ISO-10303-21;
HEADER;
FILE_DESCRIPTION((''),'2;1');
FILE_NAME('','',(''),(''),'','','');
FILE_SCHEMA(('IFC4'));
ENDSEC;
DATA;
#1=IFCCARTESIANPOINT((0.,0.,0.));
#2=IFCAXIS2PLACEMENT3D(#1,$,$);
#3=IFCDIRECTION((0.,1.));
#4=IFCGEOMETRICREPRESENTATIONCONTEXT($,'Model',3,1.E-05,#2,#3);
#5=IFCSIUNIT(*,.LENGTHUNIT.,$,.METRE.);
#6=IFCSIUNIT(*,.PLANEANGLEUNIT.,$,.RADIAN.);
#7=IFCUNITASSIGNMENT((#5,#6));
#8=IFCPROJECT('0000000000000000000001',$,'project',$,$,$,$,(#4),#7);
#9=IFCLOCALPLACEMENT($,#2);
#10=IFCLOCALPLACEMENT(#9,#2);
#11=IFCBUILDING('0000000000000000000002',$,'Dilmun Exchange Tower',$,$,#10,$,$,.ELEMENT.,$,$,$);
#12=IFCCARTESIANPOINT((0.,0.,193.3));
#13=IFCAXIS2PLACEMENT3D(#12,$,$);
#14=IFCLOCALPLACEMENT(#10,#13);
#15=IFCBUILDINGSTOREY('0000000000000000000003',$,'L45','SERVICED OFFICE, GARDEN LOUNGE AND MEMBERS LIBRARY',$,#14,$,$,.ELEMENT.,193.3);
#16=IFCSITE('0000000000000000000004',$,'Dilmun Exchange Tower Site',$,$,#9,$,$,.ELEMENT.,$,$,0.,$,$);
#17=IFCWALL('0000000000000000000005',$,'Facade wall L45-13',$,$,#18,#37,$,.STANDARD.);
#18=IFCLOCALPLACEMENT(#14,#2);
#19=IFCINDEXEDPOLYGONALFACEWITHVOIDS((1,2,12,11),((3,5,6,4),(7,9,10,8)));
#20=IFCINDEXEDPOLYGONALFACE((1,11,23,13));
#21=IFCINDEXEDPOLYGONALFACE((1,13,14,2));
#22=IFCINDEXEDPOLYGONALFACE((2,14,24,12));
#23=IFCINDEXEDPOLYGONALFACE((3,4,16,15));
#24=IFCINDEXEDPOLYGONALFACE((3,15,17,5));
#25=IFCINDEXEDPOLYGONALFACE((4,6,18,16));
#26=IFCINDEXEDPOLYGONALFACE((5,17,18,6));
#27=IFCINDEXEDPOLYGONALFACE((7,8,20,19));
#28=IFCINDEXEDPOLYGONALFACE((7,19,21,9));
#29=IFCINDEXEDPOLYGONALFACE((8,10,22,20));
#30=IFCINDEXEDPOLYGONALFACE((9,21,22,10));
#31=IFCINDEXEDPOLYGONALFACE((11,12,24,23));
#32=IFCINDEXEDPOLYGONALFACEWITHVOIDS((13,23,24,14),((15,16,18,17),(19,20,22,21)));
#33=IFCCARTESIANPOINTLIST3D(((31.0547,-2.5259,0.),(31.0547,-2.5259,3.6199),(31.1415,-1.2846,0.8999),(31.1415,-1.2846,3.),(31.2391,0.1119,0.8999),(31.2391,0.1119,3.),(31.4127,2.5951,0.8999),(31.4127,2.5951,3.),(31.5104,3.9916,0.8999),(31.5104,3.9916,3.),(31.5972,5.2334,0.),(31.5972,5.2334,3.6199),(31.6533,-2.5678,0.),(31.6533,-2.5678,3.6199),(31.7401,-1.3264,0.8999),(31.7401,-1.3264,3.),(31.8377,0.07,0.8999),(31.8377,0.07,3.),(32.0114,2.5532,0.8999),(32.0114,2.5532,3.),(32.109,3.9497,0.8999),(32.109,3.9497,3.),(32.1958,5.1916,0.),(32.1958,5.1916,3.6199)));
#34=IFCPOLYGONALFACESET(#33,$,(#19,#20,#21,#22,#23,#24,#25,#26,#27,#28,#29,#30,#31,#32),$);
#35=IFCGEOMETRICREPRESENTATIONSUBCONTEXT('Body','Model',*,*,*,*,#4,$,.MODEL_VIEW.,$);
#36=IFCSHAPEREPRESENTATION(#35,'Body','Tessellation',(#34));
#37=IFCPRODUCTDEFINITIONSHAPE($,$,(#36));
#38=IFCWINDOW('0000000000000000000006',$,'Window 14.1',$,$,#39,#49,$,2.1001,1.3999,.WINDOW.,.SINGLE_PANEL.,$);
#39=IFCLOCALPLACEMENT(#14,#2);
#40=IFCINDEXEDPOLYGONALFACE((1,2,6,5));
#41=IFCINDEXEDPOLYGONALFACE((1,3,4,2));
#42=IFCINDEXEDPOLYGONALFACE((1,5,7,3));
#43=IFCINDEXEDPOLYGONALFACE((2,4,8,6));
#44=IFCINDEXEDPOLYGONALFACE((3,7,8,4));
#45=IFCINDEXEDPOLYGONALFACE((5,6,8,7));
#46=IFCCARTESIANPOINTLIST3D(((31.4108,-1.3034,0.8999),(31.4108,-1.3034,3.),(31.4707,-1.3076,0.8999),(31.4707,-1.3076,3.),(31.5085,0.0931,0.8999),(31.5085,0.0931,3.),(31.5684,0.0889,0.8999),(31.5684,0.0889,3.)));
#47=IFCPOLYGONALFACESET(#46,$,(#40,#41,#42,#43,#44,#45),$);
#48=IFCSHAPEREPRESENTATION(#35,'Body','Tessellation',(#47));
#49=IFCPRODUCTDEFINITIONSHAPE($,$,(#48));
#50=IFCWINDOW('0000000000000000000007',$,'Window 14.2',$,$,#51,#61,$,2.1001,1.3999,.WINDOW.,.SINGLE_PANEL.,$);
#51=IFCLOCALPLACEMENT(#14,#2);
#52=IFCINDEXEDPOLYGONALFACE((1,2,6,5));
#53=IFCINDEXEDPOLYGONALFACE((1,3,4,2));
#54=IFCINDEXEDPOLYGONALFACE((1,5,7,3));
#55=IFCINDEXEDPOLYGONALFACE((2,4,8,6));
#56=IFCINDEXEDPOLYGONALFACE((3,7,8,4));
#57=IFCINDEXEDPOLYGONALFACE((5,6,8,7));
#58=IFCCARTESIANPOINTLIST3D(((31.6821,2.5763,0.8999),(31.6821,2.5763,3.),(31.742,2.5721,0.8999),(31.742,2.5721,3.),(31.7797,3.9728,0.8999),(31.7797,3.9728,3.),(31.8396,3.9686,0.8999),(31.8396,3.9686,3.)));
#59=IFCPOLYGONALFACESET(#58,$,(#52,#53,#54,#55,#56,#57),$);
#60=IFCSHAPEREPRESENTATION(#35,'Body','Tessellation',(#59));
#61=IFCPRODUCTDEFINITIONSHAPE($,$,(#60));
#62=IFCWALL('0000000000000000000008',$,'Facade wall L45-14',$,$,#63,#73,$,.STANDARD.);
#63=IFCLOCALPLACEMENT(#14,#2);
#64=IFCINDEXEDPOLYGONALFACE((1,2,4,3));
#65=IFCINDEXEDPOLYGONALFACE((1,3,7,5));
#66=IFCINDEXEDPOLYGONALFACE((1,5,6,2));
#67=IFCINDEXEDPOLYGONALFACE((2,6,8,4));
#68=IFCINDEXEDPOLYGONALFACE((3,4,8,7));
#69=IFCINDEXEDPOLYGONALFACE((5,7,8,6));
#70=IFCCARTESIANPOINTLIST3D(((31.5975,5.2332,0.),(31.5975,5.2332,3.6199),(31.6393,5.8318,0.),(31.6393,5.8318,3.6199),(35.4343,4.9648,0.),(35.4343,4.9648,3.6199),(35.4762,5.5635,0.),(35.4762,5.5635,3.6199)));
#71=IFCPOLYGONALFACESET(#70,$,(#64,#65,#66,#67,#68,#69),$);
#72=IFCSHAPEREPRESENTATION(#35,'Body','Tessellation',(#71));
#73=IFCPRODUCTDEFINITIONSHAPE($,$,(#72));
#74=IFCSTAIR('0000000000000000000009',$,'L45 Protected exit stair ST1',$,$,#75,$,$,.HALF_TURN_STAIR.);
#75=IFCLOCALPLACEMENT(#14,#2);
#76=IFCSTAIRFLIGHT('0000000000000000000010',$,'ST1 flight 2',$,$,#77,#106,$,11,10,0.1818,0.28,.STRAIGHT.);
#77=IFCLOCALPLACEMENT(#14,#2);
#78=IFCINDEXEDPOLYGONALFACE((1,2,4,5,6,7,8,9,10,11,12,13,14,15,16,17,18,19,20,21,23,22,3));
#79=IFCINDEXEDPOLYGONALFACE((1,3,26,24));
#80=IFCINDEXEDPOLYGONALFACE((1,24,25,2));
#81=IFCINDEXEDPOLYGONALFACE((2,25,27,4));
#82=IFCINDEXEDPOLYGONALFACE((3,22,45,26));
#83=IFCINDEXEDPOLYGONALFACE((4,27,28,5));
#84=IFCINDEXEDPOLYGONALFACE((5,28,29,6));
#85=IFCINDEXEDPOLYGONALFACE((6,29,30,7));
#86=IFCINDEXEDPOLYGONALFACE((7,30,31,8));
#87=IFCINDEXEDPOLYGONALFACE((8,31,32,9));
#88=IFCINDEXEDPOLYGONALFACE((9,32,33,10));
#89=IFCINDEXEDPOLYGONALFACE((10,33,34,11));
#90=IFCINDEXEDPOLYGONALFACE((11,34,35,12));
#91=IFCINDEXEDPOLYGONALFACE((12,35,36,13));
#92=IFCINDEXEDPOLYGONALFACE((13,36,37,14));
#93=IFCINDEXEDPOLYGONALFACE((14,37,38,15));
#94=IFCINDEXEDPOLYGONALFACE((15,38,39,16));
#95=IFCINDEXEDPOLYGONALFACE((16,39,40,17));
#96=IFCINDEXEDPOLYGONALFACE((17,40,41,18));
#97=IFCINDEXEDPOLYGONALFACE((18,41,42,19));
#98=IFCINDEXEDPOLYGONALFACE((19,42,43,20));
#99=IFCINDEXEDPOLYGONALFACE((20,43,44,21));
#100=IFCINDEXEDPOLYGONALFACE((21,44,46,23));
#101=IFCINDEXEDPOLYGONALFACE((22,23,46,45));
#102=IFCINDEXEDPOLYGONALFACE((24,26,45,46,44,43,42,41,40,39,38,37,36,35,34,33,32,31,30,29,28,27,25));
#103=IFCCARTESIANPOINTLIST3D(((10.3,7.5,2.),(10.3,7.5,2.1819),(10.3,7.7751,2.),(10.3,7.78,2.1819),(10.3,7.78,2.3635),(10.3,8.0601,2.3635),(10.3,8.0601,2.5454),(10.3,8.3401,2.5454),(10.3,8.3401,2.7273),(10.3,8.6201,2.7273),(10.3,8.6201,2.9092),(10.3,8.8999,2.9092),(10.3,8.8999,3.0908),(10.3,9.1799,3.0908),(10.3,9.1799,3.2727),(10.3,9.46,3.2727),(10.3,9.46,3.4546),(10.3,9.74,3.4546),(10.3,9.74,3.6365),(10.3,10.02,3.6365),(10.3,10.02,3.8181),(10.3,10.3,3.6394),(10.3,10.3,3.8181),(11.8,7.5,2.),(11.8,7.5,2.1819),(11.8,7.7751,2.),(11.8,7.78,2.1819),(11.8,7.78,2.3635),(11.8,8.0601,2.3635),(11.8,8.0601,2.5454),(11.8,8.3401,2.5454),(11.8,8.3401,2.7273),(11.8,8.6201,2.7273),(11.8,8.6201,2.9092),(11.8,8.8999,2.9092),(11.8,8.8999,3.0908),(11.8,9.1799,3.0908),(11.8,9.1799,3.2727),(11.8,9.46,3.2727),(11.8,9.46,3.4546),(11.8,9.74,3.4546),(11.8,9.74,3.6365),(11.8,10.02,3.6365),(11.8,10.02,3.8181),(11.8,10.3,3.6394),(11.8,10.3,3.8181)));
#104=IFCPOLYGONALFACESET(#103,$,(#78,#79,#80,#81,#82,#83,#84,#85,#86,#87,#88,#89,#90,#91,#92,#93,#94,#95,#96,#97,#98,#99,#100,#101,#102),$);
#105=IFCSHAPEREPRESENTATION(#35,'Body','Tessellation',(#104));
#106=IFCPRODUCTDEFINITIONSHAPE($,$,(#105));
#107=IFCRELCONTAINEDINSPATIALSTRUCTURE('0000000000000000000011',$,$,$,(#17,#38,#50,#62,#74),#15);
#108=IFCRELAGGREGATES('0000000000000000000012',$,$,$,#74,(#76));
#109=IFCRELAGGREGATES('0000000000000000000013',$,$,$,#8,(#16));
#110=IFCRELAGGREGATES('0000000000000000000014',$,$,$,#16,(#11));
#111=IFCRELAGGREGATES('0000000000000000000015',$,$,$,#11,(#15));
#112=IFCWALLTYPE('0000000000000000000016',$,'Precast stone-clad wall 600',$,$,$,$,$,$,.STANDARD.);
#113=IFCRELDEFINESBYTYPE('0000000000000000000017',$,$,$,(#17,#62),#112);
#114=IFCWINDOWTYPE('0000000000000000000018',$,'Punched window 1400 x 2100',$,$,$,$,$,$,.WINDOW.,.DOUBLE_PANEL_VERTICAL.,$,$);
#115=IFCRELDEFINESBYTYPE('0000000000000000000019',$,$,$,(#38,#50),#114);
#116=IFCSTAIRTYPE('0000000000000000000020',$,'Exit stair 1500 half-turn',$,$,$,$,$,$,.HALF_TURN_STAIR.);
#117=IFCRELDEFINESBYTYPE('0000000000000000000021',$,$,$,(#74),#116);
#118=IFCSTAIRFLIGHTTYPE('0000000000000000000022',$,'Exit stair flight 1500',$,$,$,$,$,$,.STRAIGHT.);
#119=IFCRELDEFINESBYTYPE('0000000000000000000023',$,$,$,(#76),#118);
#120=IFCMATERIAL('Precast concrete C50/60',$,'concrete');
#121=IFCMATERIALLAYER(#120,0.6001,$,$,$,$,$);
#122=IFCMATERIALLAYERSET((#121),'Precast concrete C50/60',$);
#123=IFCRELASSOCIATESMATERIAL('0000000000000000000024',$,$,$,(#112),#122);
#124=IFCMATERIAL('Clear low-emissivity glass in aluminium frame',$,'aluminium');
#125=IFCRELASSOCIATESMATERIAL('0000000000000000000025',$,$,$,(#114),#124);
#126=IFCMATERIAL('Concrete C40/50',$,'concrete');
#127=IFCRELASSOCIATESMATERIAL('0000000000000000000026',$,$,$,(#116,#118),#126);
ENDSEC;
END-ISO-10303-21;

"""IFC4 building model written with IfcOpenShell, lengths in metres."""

from ifc_helpers import new_model, si_unit, direction, frame, frame_2d, origin, place, context, subcontext, project, spatial, polyline, rectangle, outline, extrude, material, layer, layer_set, type_object, element, fill, aggregate, save


model = new_model("IFC4")

# Units and contexts
model_context = context("Model", 3, precision=1e-05, world=origin(), true_north=direction((0.0, 1.0)))
body_context = subcontext(model_context, "Body", "Model", "MODEL_VIEW")
ifc_project = project(units=[si_unit("LENGTHUNIT", "METRE"), si_unit("PLANEANGLEUNIT", "RADIAN")], contexts=[model_context])

# Site, building, storey
site_placement = place(None, origin())
site = spatial("IfcSite", under=ifc_project, at=site_placement, Name="Dilmun Exchange Tower Site", CompositionType="ELEMENT", RefElevation=0.0)
building_placement = place(site_placement, origin())
building = spatial("IfcBuilding", under=site, at=building_placement, Name="Dilmun Exchange Tower", CompositionType="ELEMENT")
storey_placement = place(building_placement, frame((0.0, 0.0, 193.3)))
storey = spatial("IfcBuildingStorey", under=building, at=storey_placement, Name="L45", Description="SERVICED OFFICE, GARDEN LOUNGE AND MEMBERS LIBRARY", CompositionType="ELEMENT", Elevation=193.3)

# Shared definitions
ifc_material_1 = material(Name="Concrete C40/50", Category="concrete")

# Shared definitions
ifc_material_2 = material(Name="Precast concrete C50/60", Category="concrete")
ifc_layer_1 = layer(ifc_material_2, 0.6001)
ifc_layer_set_1 = layer_set([ifc_layer_1], Name="Precast concrete C50/60")
wall_type_1 = type_object("IfcWallType", Name="Precast stone-clad wall 600", PredefinedType="STANDARD", material=ifc_layer_set_1)

# Wall, openings, windows
wall_1_placement = place(storey_placement, frame((31.354, -2.5469, 0.0), z_axis=(0.0, 0.0, 1.0), x_axis=(0.069744, 0.997565, 0.0)))
wall_1 = element("IfcWall", 1, at=wall_1_placement, inside=storey, type_object=wall_type_1, Name="Facade wall L45-13", PredefinedType="STANDARD", context=body_context, shape_type="SweptSolid", body=[
    extrude(rectangle(XDim=7.7783, YDim=0.6001, at=frame_2d((3.8892, 0.0))), origin(), (0.0, 0.0, 1.0), 3.6199),
])
opening_1_placement = place(wall_1_placement, frame((1.2444, 0.0, 0.8999)))
opening_1 = element("IfcOpeningElement", 2, at=opening_1_placement, cuts=wall_1, PredefinedType="OPENING", context=body_context, shape_type="SweptSolid", body=[
    extrude(rectangle(XDim=1.3999, YDim=2.1001, at=frame_2d((0.7, 1.05))), frame((0.0, 0.3101, 0.0), z_axis=(0.0, -1.0, 0.0), x_axis=(1.0, 0.0, 0.0)), (0.0, 0.0, 1.0), 0.6201),
])
opening_2_placement = place(wall_1_placement, frame((5.1335, 0.0, 0.8999)))
opening_2 = element("IfcOpeningElement", 3, at=opening_2_placement, cuts=wall_1, PredefinedType="OPENING", context=body_context, shape_type="SweptSolid", body=[
    extrude(rectangle(XDim=1.3999, YDim=2.1001, at=frame_2d((0.7, 1.05))), frame((0.0, 0.3101, 0.0), z_axis=(0.0, -1.0, 0.0), x_axis=(1.0, 0.0, 0.0)), (0.0, 0.0, 1.0), 0.6201),
])
ifc_material_3 = material(Name="Clear low-emissivity glass in aluminium frame", Category="aluminium")
window_type_1 = type_object("IfcWindowType", Name="Punched window 1400 x 2100", PartitioningType="DOUBLE_PANEL_VERTICAL", PredefinedType="WINDOW", material=ifc_material_3)
window_1_placement = place(opening_1_placement, origin())
window_1 = element("IfcWindow", 4, at=window_1_placement, inside=storey, type_object=window_type_1, Name="Window 14.1", OverallHeight=2.1001, OverallWidth=1.3999, PartitioningType="SINGLE_PANEL", PredefinedType="WINDOW", context=body_context, shape_type="SweptSolid", body=[
    extrude(rectangle(XDim=1.3999, YDim=2.1001, at=frame_2d((0.7, 1.05))), frame((0.0, 0.03, 0.0), z_axis=(0.0, -1.0, 0.0), x_axis=(1.0, 0.0, 0.0)), (0.0, 0.0, 1.0), 0.0601),
])
fill(opening_1, window_1)
window_2_placement = place(opening_2_placement, origin())
window_2 = element("IfcWindow", 5, at=window_2_placement, inside=storey, type_object=window_type_1, Name="Window 14.2", OverallHeight=2.1001, OverallWidth=1.3999, PartitioningType="SINGLE_PANEL", PredefinedType="WINDOW", context=body_context, shape_type="SweptSolid", body=[
    extrude(rectangle(XDim=1.3999, YDim=2.1001, at=frame_2d((0.7, 1.05))), frame((0.0, 0.03, 0.0), z_axis=(0.0, -1.0, 0.0), x_axis=(1.0, 0.0, 0.0)), (0.0, 0.0, 1.0), 0.0601),
])
fill(opening_2, window_2)

# Wall
wall_2_placement = place(storey_placement, frame((31.6184, 5.5325, 0.0), z_axis=(0.0, 0.0, 1.0), x_axis=(0.997564, -0.069758, 0.0)))
element("IfcWall", 6, at=wall_2_placement, inside=storey, type_object=wall_type_1, Name="Facade wall L45-14", PredefinedType="STANDARD", context=body_context, shape_type="SweptSolid", body=[
    extrude(rectangle(XDim=3.8462, YDim=0.6001, at=frame_2d((1.9231, 0.0))), origin(), (0.0, 0.0, 1.0), 3.6199),
])

# Stair, stair flight
stair_type = type_object("IfcStairType", Name="Exit stair 1500 half-turn", PredefinedType="HALF_TURN_STAIR", material=ifc_material_1)
stair_placement = place(storey_placement, origin())
stair = element("IfcStair", 7, at=stair_placement, inside=storey, type_object=stair_type, Name="L45 Protected exit stair ST1", PredefinedType="HALF_TURN_STAIR")
stair_flight_type = type_object("IfcStairFlightType", Name="Exit stair flight 1500", PredefinedType="STRAIGHT", material=ifc_material_1)
stair_flight_placement = place(storey_placement, frame((11.05, 7.5, 2.0), z_axis=(0.0, 0.0, 1.0), x_axis=(0.0, 1.0, 0.0)))
stair_flight = element("IfcStairFlight", 8, at=stair_flight_placement, type_object=stair_flight_type, Name="ST1 flight 2", NumberOfRisers=11, NumberOfTreads=10, PredefinedType="STRAIGHT", RiserHeight=0.1818, TreadLength=0.28, context=body_context, shape_type="SweptSolid", body=[
    extrude(outline(polyline([(0.0, 0.0), (0.0, 0.1819), (0.28, 0.1819), (0.28, 0.3635), (0.5601, 0.3635), (0.5601, 0.5454), (0.8401, 0.5454), (0.8401, 0.7273), (1.1201, 0.7273), (1.1201, 0.9092), (1.3999, 0.9092), (1.3999, 1.0908), (1.6799, 1.0908), (1.6799, 1.2727), (1.96, 1.2727), (1.96, 1.4546), (2.24, 1.4546), (2.24, 1.6365), (2.52, 1.6365), (2.52, 1.8181), (2.8, 1.8181), (2.8, 2.0), (2.8, 1.6394), (0.2751, 0.0), (0.0, 0.0)])), frame((0.0, 0.75, 0.0), z_axis=(0.0, -1.0, 0.0), x_axis=(1.0, 0.0, 0.0)), (0.0, 0.0, 1.0), 1.5),
])
aggregate(stair, [stair_flight])

save(model, "model.ifc")
